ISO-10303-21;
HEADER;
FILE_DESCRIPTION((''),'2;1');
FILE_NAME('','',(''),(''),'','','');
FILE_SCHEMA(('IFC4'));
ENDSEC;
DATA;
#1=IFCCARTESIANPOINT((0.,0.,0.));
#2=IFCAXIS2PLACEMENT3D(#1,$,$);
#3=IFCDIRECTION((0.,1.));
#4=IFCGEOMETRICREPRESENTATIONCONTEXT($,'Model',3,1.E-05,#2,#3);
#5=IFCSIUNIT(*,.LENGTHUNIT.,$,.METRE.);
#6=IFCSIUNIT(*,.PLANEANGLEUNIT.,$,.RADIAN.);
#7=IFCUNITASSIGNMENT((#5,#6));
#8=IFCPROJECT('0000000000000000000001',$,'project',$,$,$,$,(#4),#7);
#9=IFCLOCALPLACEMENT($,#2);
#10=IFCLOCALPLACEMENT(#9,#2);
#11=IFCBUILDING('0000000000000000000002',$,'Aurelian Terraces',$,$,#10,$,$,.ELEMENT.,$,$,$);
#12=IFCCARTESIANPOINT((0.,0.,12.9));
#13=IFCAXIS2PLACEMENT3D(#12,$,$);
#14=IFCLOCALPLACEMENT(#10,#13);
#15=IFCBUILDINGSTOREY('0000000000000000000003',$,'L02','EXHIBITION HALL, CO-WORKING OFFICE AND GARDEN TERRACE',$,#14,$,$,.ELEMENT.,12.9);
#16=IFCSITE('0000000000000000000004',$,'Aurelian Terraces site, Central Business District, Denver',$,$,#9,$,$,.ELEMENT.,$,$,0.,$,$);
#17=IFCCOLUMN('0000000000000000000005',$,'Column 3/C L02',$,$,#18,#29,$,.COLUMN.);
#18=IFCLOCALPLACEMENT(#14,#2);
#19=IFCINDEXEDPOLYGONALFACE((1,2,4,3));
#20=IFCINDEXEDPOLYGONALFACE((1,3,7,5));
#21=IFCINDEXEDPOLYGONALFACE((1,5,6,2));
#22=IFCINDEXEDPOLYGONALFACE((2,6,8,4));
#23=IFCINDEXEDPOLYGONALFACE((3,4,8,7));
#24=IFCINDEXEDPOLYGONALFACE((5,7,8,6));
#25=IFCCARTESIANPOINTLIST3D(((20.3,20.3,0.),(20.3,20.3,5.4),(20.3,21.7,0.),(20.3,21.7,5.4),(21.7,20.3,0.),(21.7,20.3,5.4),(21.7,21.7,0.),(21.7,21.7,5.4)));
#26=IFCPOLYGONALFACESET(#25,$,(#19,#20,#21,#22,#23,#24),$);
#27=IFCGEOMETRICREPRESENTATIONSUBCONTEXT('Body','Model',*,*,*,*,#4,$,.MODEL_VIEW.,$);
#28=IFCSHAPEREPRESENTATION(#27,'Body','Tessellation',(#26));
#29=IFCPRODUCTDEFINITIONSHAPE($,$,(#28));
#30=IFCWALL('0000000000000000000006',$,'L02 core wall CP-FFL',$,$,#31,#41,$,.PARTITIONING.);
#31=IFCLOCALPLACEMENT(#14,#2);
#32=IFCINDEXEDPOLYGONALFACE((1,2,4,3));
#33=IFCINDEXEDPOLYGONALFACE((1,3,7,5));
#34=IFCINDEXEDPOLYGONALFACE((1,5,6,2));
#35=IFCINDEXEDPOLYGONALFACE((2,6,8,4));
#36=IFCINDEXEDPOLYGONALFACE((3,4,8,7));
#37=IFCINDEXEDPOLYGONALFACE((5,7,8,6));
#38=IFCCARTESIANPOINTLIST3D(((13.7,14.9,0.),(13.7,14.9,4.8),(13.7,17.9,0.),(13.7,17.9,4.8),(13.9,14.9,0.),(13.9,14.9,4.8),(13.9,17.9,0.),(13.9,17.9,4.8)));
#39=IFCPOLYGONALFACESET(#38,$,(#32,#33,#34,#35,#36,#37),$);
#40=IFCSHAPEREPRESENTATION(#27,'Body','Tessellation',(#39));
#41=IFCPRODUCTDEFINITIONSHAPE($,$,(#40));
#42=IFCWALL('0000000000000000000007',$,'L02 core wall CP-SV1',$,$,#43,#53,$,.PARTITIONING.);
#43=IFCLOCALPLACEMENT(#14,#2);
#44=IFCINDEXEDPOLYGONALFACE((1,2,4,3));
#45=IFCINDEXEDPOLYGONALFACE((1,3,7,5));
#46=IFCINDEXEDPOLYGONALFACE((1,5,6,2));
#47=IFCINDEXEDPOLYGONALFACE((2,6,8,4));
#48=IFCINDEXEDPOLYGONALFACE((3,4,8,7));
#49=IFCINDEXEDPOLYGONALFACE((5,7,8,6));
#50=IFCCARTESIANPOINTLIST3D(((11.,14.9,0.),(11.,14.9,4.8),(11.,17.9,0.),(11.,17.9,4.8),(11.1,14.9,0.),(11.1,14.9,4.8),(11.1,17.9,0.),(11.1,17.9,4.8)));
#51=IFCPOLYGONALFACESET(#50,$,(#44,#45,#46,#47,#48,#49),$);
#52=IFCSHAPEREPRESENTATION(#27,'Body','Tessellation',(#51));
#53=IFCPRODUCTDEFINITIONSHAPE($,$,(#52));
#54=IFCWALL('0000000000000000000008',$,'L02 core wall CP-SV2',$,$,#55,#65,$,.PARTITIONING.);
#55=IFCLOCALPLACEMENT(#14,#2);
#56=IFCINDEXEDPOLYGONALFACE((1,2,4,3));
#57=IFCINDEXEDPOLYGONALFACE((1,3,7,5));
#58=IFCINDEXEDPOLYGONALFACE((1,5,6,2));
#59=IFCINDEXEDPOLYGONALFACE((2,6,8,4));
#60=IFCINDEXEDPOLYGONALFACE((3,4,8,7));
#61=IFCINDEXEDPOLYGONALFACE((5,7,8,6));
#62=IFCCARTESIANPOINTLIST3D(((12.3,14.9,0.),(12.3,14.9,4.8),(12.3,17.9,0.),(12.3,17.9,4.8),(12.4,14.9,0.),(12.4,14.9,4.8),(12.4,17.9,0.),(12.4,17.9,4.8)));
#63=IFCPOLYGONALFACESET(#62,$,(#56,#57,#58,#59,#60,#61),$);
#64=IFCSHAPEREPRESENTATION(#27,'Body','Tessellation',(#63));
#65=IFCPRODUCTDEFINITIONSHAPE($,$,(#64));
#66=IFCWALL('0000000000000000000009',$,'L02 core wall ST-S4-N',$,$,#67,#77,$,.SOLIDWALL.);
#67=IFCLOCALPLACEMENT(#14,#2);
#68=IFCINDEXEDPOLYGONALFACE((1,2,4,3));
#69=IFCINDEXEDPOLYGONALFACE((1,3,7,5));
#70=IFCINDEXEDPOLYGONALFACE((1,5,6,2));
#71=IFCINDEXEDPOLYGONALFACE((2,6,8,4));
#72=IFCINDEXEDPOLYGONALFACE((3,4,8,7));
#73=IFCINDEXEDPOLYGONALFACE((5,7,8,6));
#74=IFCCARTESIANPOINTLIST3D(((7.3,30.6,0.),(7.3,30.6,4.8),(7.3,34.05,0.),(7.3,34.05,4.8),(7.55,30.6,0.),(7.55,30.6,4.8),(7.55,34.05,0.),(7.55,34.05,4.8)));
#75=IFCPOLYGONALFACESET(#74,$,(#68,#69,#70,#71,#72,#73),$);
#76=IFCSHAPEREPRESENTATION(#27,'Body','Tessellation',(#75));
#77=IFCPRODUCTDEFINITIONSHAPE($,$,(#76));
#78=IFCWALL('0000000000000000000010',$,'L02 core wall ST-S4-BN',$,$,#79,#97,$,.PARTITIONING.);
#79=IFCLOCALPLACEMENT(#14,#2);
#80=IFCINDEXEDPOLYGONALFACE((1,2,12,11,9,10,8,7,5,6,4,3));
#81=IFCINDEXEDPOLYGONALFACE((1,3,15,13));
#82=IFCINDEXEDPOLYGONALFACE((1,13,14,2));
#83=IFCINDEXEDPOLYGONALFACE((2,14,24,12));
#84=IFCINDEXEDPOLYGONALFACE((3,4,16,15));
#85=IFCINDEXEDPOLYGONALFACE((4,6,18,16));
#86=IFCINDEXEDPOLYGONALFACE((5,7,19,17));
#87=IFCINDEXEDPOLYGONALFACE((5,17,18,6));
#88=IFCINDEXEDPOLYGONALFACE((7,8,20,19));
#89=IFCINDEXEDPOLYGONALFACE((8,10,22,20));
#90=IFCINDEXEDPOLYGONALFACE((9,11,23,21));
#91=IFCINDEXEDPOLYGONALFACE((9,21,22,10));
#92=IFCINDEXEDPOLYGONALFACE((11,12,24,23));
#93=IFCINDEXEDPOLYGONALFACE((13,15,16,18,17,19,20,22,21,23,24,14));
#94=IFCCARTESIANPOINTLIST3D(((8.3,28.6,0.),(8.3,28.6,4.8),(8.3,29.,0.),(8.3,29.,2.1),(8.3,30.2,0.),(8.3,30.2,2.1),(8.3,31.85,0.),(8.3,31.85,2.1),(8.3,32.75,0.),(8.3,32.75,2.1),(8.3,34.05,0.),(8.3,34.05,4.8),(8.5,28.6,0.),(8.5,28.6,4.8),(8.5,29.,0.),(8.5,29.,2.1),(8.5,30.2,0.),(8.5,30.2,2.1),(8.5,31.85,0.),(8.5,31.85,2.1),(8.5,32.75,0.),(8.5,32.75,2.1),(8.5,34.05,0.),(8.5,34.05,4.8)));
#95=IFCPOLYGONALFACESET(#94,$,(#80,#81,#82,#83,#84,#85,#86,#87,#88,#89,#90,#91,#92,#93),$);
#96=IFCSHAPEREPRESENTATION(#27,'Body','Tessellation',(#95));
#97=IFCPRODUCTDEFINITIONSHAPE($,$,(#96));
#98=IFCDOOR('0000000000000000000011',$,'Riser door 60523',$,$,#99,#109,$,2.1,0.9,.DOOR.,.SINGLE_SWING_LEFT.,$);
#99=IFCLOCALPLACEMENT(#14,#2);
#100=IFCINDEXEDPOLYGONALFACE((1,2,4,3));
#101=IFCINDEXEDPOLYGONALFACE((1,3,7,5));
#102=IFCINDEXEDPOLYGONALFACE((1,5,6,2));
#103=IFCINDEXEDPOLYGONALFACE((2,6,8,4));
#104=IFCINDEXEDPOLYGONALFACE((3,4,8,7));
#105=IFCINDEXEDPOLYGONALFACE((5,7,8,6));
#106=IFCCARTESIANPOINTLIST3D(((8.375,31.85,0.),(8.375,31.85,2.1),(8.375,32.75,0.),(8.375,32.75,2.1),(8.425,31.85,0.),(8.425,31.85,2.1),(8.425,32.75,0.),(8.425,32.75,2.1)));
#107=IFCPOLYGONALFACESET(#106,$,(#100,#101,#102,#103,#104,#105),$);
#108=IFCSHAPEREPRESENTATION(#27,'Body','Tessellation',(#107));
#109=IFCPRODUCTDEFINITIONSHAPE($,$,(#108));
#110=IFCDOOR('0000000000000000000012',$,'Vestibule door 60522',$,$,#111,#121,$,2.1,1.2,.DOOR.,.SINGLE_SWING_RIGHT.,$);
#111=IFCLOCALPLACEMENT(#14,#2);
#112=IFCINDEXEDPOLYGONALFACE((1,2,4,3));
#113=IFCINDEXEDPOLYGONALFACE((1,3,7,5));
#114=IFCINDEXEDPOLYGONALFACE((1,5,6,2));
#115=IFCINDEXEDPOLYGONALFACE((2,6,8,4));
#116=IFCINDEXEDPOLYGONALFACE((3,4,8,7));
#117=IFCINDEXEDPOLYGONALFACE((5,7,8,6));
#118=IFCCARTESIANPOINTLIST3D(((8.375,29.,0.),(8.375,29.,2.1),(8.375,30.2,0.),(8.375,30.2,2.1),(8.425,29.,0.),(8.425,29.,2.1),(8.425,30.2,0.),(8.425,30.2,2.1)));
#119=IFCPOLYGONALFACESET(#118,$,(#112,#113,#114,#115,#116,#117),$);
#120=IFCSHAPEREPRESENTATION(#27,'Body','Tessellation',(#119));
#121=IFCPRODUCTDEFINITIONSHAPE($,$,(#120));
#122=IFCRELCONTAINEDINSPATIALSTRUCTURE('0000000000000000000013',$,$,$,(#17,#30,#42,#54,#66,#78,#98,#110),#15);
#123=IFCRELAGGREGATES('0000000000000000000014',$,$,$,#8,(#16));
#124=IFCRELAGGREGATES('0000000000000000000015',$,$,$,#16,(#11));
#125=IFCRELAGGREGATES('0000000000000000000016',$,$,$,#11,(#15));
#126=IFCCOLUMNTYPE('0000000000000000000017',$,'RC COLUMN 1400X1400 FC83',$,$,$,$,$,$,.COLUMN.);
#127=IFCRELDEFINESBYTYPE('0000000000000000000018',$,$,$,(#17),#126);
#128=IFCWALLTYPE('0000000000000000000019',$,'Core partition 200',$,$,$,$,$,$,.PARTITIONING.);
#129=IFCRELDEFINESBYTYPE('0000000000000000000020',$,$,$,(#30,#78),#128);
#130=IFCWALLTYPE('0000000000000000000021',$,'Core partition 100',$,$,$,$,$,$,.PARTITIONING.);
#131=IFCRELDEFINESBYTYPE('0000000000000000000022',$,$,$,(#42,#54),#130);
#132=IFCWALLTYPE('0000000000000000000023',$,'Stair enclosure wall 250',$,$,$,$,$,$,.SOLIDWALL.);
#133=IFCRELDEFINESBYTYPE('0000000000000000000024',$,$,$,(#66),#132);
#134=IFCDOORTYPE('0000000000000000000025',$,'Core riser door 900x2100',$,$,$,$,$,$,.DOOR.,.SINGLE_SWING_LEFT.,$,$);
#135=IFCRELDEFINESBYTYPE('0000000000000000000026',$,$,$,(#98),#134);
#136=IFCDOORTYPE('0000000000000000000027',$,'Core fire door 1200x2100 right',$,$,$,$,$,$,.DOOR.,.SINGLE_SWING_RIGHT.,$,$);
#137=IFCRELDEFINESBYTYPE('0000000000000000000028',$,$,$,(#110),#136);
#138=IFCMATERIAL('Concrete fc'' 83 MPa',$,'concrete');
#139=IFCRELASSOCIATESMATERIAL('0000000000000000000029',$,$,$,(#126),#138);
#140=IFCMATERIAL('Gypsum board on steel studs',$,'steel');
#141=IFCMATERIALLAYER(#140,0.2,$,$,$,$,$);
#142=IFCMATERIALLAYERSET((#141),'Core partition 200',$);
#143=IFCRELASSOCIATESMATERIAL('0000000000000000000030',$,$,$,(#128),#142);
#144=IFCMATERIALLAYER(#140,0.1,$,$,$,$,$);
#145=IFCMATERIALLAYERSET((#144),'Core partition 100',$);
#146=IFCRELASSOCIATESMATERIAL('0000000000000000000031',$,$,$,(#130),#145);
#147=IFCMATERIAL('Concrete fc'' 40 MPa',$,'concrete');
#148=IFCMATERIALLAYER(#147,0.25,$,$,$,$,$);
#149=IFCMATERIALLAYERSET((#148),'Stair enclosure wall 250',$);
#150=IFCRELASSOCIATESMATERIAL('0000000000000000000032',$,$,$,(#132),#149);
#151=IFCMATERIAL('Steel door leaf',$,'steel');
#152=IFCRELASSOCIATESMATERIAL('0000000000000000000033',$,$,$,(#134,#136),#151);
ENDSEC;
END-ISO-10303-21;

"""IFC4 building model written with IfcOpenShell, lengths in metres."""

from ifc_helpers import new_model, si_unit, direction, frame, frame_2d, origin, origin_2d, place, context, subcontext, project, spatial, rectangle, extrude, source, transform, mapped, material, layer, layer_set, material_profile, profile_set, type_object, element, fill, save


model = new_model("IFC4")

# Units and contexts
model_context = context("Model", 3, precision=1e-05, world=origin(), true_north=direction((0.0, 1.0)))
body_context = subcontext(model_context, "Body", "Model", "MODEL_VIEW")
ifc_project = project(units=[si_unit("LENGTHUNIT", "METRE"), si_unit("PLANEANGLEUNIT", "RADIAN")], contexts=[model_context])

# Site, building, storey
site_placement = place(None, origin())
site = spatial("IfcSite", under=ifc_project, at=site_placement, Name="Aurelian Terraces site, Central Business District, Denver", CompositionType="ELEMENT", RefElevation=0.0)
building_placement = place(site_placement, origin())
building = spatial("IfcBuilding", under=site, at=building_placement, Name="Aurelian Terraces", CompositionType="ELEMENT")
storey_placement = place(building_placement, frame((0.0, 0.0, 12.9)))
storey = spatial("IfcBuildingStorey", under=building, at=storey_placement, Name="L02", Description="EXHIBITION HALL, CO-WORKING OFFICE AND GARDEN TERRACE", CompositionType="ELEMENT", Elevation=12.9)

# Column
ifc_material_1 = material(Name="Concrete fc' 83 MPa", Category="concrete")
ifc_material_profile = material_profile(ifc_material_1, rectangle(XDim=1.4, YDim=1.4, at=origin_2d()))
ifc_profile_set = profile_set([ifc_material_profile], Name="Concrete fc' 83 MPa")
column_type = type_object("IfcColumnType", Name="RC COLUMN 1400X1400 FC83", PredefinedType="COLUMN", material=ifc_profile_set)
shared_shape_1 = source(origin(), body_context, "Body", "SweptSolid", [
    extrude(rectangle(XDim=1.4, YDim=1.4, at=origin_2d()), origin(), (0.0, 0.0, 1.0), 5.4),
])
column_placement = place(storey_placement, frame((21.0, 21.0, 0.0), z_axis=(0.0, 0.0, 1.0), x_axis=(1.0, 0.0, 0.0)))
element("IfcColumn", 1, at=column_placement, inside=storey, type_object=column_type, Name="Column 3/C L02", PredefinedType="COLUMN", context=body_context, shape_type="MappedRepresentation", body=[
    mapped(shared_shape_1, transform((0.0, 0.0, 0.0), scale=1.0)),
])

# Walls
ifc_material_2 = material(Name="Gypsum board on steel studs", Category="steel")
ifc_layer_1 = layer(ifc_material_2, 0.2)
ifc_layer_set_1 = layer_set([ifc_layer_1], Name="Core partition 200")
wall_type_1 = type_object("IfcWallType", Name="Core partition 200", PredefinedType="PARTITIONING", material=ifc_layer_set_1)
shared_shape_2 = source(origin(), body_context, "Body", "SweptSolid", [
    extrude(rectangle(XDim=3.0, YDim=0.2, at=frame_2d((1.5, 0.0))), origin(), (0.0, 0.0, 1.0), 4.8),
])
wall_1_placement = place(storey_placement, frame((13.8, 14.9, 0.0), z_axis=(0.0, 0.0, 1.0), x_axis=(0.0, 1.0, 0.0)))
element("IfcWall", 2, at=wall_1_placement, inside=storey, type_object=wall_type_1, Name="L02 core wall CP-FFL", PredefinedType="PARTITIONING", context=body_context, shape_type="MappedRepresentation", body=[
    mapped(shared_shape_2, transform((0.0, 0.0, 0.0), scale=1.0)),
])
ifc_layer_2 = layer(ifc_material_2, 0.1)
ifc_layer_set_2 = layer_set([ifc_layer_2], Name="Core partition 100")
wall_type_2 = type_object("IfcWallType", Name="Core partition 100", PredefinedType="PARTITIONING", material=ifc_layer_set_2)
shared_shape_3 = source(origin(), body_context, "Body", "SweptSolid", [
    extrude(rectangle(XDim=3.0, YDim=0.1, at=frame_2d((1.5, 0.0))), origin(), (0.0, 0.0, 1.0), 4.8),
])
for number, where, z_axis, x_axis, name in (
    (3, (11.05, 14.9, 0.0), (0.0, 0.0, 1.0), (0.0, 1.0, 0.0), "L02 core wall CP-SV1"),
    (4, (12.35, 14.9, 0.0), (0.0, 0.0, 1.0), (0.0, 1.0, 0.0), "L02 core wall CP-SV2"),
):
    element("IfcWall", number, at=place(storey_placement, frame(where, z_axis=z_axis, x_axis=x_axis)), inside=storey, type_object=wall_type_2, Name=name, PredefinedType="PARTITIONING", context=body_context, shape_type="MappedRepresentation", body=[
        mapped(shared_shape_3, transform((0.0, 0.0, 0.0), scale=1.0)),
    ])
ifc_material_3 = material(Name="Concrete fc' 40 MPa", Category="concrete")
ifc_layer_3 = layer(ifc_material_3, 0.25)
ifc_layer_set_3 = layer_set([ifc_layer_3], Name="Stair enclosure wall 250")
wall_type_3 = type_object("IfcWallType", Name="Stair enclosure wall 250", PredefinedType="SOLIDWALL", material=ifc_layer_set_3)
shared_shape_4 = source(origin(), body_context, "Body", "SweptSolid", [
    extrude(rectangle(XDim=3.45, YDim=0.25, at=frame_2d((1.725, 0.0))), origin(), (0.0, 0.0, 1.0), 4.8),
])
wall_2_placement = place(storey_placement, frame((7.425, 30.6, 0.0), z_axis=(0.0, 0.0, 1.0), x_axis=(0.0, 1.0, 0.0)))
element("IfcWall", 5, at=wall_2_placement, inside=storey, type_object=wall_type_3, Name="L02 core wall ST-S4-N", PredefinedType="SOLIDWALL", context=body_context, shape_type="MappedRepresentation", body=[
    mapped(shared_shape_4, transform((0.0, 0.0, 0.0), scale=1.0)),
])

# Wall, openings, doors
shared_shape_5 = source(origin(), body_context, "Body", "SweptSolid", [
    extrude(rectangle(XDim=5.45, YDim=0.2, at=frame_2d((2.725, 0.0))), origin(), (0.0, 0.0, 1.0), 4.8),
])
wall_3_placement = place(storey_placement, frame((8.4, 28.6, 0.0), z_axis=(0.0, 0.0, 1.0), x_axis=(0.0, 1.0, 0.0)))
wall_3 = element("IfcWall", 6, at=wall_3_placement, inside=storey, type_object=wall_type_1, Name="L02 core wall ST-S4-BN", PredefinedType="PARTITIONING", context=body_context, shape_type="MappedRepresentation", body=[
    mapped(shared_shape_5, transform((0.0, 0.0, 0.0), scale=1.0)),
])
shared_shape_6 = source(origin(), body_context, "Body", "SweptSolid", [
    extrude(rectangle(XDim=1.2, YDim=2.1, at=frame_2d((0.6, 1.05))), frame((0.0, 0.11, 0.0), z_axis=(0.0, -1.0, 0.0), x_axis=(1.0, 0.0, 0.0)), (0.0, 0.0, 1.0), 0.22),
])
opening_1_placement = place(wall_3_placement, frame((0.4, 0.0, 0.0)))
opening_1 = element("IfcOpeningElement", 7, at=opening_1_placement, cuts=wall_3, PredefinedType="OPENING", context=body_context, shape_type="MappedRepresentation", body=[
    mapped(shared_shape_6, transform((0.0, 0.0, 0.0), scale=1.0)),
])
shared_shape_7 = source(origin(), body_context, "Body", "SweptSolid", [
    extrude(rectangle(XDim=0.9, YDim=2.1, at=frame_2d((0.45, 1.05))), frame((0.0, 0.11, 0.0), z_axis=(0.0, -1.0, 0.0), x_axis=(1.0, 0.0, 0.0)), (0.0, 0.0, 1.0), 0.22),
])
opening_2_placement = place(wall_3_placement, frame((3.25, 0.0, 0.0)))
opening_2 = element("IfcOpeningElement", 8, at=opening_2_placement, cuts=wall_3, PredefinedType="OPENING", context=body_context, shape_type="MappedRepresentation", body=[
    mapped(shared_shape_7, transform((0.0, 0.0, 0.0), scale=1.0)),
])
ifc_material_4 = material(Name="Steel door leaf", Category="steel")
door_type_1 = type_object("IfcDoorType", Name="Core riser door 900x2100", OperationType="SINGLE_SWING_LEFT", PredefinedType="DOOR", material=ifc_material_4)
shared_shape_8 = source(origin(), body_context, "Body", "SweptSolid", [
    extrude(rectangle(XDim=0.9, YDim=2.1, at=frame_2d((0.45, 1.05))), frame((0.0, 0.025, 0.0), z_axis=(0.0, -1.0, 0.0), x_axis=(1.0, 0.0, 0.0)), (0.0, 0.0, 1.0), 0.05),
])
door_1_placement = place(opening_2_placement, origin())
door_1 = element("IfcDoor", 9, at=door_1_placement, inside=storey, type_object=door_type_1, Name="Riser door 60523", OperationType="SINGLE_SWING_LEFT", OverallHeight=2.1, OverallWidth=0.9, PredefinedType="DOOR", context=body_context, shape_type="MappedRepresentation", body=[
    mapped(shared_shape_8, transform((0.0, 0.0, 0.0), scale=1.0)),
])
fill(opening_2, door_1)
door_type_2 = type_object("IfcDoorType", Name="Core fire door 1200x2100 right", OperationType="SINGLE_SWING_RIGHT", PredefinedType="DOOR", material=ifc_material_4)
shared_shape_9 = source(origin(), body_context, "Body", "SweptSolid", [
    extrude(rectangle(XDim=1.2, YDim=2.1, at=frame_2d((0.6, 1.05))), frame((0.0, 0.025, 0.0), z_axis=(0.0, -1.0, 0.0), x_axis=(1.0, 0.0, 0.0)), (0.0, 0.0, 1.0), 0.05),
])
door_2_placement = place(opening_1_placement, origin())
door_2 = element("IfcDoor", 10, at=door_2_placement, inside=storey, type_object=door_type_2, Name="Vestibule door 60522", OperationType="SINGLE_SWING_RIGHT", OverallHeight=2.1, OverallWidth=1.2, PredefinedType="DOOR", context=body_context, shape_type="MappedRepresentation", body=[
    mapped(shared_shape_9, transform((0.0, 0.0, 0.0), scale=1.0)),
])
fill(opening_1, door_2)

save(model, "model.ifc")
